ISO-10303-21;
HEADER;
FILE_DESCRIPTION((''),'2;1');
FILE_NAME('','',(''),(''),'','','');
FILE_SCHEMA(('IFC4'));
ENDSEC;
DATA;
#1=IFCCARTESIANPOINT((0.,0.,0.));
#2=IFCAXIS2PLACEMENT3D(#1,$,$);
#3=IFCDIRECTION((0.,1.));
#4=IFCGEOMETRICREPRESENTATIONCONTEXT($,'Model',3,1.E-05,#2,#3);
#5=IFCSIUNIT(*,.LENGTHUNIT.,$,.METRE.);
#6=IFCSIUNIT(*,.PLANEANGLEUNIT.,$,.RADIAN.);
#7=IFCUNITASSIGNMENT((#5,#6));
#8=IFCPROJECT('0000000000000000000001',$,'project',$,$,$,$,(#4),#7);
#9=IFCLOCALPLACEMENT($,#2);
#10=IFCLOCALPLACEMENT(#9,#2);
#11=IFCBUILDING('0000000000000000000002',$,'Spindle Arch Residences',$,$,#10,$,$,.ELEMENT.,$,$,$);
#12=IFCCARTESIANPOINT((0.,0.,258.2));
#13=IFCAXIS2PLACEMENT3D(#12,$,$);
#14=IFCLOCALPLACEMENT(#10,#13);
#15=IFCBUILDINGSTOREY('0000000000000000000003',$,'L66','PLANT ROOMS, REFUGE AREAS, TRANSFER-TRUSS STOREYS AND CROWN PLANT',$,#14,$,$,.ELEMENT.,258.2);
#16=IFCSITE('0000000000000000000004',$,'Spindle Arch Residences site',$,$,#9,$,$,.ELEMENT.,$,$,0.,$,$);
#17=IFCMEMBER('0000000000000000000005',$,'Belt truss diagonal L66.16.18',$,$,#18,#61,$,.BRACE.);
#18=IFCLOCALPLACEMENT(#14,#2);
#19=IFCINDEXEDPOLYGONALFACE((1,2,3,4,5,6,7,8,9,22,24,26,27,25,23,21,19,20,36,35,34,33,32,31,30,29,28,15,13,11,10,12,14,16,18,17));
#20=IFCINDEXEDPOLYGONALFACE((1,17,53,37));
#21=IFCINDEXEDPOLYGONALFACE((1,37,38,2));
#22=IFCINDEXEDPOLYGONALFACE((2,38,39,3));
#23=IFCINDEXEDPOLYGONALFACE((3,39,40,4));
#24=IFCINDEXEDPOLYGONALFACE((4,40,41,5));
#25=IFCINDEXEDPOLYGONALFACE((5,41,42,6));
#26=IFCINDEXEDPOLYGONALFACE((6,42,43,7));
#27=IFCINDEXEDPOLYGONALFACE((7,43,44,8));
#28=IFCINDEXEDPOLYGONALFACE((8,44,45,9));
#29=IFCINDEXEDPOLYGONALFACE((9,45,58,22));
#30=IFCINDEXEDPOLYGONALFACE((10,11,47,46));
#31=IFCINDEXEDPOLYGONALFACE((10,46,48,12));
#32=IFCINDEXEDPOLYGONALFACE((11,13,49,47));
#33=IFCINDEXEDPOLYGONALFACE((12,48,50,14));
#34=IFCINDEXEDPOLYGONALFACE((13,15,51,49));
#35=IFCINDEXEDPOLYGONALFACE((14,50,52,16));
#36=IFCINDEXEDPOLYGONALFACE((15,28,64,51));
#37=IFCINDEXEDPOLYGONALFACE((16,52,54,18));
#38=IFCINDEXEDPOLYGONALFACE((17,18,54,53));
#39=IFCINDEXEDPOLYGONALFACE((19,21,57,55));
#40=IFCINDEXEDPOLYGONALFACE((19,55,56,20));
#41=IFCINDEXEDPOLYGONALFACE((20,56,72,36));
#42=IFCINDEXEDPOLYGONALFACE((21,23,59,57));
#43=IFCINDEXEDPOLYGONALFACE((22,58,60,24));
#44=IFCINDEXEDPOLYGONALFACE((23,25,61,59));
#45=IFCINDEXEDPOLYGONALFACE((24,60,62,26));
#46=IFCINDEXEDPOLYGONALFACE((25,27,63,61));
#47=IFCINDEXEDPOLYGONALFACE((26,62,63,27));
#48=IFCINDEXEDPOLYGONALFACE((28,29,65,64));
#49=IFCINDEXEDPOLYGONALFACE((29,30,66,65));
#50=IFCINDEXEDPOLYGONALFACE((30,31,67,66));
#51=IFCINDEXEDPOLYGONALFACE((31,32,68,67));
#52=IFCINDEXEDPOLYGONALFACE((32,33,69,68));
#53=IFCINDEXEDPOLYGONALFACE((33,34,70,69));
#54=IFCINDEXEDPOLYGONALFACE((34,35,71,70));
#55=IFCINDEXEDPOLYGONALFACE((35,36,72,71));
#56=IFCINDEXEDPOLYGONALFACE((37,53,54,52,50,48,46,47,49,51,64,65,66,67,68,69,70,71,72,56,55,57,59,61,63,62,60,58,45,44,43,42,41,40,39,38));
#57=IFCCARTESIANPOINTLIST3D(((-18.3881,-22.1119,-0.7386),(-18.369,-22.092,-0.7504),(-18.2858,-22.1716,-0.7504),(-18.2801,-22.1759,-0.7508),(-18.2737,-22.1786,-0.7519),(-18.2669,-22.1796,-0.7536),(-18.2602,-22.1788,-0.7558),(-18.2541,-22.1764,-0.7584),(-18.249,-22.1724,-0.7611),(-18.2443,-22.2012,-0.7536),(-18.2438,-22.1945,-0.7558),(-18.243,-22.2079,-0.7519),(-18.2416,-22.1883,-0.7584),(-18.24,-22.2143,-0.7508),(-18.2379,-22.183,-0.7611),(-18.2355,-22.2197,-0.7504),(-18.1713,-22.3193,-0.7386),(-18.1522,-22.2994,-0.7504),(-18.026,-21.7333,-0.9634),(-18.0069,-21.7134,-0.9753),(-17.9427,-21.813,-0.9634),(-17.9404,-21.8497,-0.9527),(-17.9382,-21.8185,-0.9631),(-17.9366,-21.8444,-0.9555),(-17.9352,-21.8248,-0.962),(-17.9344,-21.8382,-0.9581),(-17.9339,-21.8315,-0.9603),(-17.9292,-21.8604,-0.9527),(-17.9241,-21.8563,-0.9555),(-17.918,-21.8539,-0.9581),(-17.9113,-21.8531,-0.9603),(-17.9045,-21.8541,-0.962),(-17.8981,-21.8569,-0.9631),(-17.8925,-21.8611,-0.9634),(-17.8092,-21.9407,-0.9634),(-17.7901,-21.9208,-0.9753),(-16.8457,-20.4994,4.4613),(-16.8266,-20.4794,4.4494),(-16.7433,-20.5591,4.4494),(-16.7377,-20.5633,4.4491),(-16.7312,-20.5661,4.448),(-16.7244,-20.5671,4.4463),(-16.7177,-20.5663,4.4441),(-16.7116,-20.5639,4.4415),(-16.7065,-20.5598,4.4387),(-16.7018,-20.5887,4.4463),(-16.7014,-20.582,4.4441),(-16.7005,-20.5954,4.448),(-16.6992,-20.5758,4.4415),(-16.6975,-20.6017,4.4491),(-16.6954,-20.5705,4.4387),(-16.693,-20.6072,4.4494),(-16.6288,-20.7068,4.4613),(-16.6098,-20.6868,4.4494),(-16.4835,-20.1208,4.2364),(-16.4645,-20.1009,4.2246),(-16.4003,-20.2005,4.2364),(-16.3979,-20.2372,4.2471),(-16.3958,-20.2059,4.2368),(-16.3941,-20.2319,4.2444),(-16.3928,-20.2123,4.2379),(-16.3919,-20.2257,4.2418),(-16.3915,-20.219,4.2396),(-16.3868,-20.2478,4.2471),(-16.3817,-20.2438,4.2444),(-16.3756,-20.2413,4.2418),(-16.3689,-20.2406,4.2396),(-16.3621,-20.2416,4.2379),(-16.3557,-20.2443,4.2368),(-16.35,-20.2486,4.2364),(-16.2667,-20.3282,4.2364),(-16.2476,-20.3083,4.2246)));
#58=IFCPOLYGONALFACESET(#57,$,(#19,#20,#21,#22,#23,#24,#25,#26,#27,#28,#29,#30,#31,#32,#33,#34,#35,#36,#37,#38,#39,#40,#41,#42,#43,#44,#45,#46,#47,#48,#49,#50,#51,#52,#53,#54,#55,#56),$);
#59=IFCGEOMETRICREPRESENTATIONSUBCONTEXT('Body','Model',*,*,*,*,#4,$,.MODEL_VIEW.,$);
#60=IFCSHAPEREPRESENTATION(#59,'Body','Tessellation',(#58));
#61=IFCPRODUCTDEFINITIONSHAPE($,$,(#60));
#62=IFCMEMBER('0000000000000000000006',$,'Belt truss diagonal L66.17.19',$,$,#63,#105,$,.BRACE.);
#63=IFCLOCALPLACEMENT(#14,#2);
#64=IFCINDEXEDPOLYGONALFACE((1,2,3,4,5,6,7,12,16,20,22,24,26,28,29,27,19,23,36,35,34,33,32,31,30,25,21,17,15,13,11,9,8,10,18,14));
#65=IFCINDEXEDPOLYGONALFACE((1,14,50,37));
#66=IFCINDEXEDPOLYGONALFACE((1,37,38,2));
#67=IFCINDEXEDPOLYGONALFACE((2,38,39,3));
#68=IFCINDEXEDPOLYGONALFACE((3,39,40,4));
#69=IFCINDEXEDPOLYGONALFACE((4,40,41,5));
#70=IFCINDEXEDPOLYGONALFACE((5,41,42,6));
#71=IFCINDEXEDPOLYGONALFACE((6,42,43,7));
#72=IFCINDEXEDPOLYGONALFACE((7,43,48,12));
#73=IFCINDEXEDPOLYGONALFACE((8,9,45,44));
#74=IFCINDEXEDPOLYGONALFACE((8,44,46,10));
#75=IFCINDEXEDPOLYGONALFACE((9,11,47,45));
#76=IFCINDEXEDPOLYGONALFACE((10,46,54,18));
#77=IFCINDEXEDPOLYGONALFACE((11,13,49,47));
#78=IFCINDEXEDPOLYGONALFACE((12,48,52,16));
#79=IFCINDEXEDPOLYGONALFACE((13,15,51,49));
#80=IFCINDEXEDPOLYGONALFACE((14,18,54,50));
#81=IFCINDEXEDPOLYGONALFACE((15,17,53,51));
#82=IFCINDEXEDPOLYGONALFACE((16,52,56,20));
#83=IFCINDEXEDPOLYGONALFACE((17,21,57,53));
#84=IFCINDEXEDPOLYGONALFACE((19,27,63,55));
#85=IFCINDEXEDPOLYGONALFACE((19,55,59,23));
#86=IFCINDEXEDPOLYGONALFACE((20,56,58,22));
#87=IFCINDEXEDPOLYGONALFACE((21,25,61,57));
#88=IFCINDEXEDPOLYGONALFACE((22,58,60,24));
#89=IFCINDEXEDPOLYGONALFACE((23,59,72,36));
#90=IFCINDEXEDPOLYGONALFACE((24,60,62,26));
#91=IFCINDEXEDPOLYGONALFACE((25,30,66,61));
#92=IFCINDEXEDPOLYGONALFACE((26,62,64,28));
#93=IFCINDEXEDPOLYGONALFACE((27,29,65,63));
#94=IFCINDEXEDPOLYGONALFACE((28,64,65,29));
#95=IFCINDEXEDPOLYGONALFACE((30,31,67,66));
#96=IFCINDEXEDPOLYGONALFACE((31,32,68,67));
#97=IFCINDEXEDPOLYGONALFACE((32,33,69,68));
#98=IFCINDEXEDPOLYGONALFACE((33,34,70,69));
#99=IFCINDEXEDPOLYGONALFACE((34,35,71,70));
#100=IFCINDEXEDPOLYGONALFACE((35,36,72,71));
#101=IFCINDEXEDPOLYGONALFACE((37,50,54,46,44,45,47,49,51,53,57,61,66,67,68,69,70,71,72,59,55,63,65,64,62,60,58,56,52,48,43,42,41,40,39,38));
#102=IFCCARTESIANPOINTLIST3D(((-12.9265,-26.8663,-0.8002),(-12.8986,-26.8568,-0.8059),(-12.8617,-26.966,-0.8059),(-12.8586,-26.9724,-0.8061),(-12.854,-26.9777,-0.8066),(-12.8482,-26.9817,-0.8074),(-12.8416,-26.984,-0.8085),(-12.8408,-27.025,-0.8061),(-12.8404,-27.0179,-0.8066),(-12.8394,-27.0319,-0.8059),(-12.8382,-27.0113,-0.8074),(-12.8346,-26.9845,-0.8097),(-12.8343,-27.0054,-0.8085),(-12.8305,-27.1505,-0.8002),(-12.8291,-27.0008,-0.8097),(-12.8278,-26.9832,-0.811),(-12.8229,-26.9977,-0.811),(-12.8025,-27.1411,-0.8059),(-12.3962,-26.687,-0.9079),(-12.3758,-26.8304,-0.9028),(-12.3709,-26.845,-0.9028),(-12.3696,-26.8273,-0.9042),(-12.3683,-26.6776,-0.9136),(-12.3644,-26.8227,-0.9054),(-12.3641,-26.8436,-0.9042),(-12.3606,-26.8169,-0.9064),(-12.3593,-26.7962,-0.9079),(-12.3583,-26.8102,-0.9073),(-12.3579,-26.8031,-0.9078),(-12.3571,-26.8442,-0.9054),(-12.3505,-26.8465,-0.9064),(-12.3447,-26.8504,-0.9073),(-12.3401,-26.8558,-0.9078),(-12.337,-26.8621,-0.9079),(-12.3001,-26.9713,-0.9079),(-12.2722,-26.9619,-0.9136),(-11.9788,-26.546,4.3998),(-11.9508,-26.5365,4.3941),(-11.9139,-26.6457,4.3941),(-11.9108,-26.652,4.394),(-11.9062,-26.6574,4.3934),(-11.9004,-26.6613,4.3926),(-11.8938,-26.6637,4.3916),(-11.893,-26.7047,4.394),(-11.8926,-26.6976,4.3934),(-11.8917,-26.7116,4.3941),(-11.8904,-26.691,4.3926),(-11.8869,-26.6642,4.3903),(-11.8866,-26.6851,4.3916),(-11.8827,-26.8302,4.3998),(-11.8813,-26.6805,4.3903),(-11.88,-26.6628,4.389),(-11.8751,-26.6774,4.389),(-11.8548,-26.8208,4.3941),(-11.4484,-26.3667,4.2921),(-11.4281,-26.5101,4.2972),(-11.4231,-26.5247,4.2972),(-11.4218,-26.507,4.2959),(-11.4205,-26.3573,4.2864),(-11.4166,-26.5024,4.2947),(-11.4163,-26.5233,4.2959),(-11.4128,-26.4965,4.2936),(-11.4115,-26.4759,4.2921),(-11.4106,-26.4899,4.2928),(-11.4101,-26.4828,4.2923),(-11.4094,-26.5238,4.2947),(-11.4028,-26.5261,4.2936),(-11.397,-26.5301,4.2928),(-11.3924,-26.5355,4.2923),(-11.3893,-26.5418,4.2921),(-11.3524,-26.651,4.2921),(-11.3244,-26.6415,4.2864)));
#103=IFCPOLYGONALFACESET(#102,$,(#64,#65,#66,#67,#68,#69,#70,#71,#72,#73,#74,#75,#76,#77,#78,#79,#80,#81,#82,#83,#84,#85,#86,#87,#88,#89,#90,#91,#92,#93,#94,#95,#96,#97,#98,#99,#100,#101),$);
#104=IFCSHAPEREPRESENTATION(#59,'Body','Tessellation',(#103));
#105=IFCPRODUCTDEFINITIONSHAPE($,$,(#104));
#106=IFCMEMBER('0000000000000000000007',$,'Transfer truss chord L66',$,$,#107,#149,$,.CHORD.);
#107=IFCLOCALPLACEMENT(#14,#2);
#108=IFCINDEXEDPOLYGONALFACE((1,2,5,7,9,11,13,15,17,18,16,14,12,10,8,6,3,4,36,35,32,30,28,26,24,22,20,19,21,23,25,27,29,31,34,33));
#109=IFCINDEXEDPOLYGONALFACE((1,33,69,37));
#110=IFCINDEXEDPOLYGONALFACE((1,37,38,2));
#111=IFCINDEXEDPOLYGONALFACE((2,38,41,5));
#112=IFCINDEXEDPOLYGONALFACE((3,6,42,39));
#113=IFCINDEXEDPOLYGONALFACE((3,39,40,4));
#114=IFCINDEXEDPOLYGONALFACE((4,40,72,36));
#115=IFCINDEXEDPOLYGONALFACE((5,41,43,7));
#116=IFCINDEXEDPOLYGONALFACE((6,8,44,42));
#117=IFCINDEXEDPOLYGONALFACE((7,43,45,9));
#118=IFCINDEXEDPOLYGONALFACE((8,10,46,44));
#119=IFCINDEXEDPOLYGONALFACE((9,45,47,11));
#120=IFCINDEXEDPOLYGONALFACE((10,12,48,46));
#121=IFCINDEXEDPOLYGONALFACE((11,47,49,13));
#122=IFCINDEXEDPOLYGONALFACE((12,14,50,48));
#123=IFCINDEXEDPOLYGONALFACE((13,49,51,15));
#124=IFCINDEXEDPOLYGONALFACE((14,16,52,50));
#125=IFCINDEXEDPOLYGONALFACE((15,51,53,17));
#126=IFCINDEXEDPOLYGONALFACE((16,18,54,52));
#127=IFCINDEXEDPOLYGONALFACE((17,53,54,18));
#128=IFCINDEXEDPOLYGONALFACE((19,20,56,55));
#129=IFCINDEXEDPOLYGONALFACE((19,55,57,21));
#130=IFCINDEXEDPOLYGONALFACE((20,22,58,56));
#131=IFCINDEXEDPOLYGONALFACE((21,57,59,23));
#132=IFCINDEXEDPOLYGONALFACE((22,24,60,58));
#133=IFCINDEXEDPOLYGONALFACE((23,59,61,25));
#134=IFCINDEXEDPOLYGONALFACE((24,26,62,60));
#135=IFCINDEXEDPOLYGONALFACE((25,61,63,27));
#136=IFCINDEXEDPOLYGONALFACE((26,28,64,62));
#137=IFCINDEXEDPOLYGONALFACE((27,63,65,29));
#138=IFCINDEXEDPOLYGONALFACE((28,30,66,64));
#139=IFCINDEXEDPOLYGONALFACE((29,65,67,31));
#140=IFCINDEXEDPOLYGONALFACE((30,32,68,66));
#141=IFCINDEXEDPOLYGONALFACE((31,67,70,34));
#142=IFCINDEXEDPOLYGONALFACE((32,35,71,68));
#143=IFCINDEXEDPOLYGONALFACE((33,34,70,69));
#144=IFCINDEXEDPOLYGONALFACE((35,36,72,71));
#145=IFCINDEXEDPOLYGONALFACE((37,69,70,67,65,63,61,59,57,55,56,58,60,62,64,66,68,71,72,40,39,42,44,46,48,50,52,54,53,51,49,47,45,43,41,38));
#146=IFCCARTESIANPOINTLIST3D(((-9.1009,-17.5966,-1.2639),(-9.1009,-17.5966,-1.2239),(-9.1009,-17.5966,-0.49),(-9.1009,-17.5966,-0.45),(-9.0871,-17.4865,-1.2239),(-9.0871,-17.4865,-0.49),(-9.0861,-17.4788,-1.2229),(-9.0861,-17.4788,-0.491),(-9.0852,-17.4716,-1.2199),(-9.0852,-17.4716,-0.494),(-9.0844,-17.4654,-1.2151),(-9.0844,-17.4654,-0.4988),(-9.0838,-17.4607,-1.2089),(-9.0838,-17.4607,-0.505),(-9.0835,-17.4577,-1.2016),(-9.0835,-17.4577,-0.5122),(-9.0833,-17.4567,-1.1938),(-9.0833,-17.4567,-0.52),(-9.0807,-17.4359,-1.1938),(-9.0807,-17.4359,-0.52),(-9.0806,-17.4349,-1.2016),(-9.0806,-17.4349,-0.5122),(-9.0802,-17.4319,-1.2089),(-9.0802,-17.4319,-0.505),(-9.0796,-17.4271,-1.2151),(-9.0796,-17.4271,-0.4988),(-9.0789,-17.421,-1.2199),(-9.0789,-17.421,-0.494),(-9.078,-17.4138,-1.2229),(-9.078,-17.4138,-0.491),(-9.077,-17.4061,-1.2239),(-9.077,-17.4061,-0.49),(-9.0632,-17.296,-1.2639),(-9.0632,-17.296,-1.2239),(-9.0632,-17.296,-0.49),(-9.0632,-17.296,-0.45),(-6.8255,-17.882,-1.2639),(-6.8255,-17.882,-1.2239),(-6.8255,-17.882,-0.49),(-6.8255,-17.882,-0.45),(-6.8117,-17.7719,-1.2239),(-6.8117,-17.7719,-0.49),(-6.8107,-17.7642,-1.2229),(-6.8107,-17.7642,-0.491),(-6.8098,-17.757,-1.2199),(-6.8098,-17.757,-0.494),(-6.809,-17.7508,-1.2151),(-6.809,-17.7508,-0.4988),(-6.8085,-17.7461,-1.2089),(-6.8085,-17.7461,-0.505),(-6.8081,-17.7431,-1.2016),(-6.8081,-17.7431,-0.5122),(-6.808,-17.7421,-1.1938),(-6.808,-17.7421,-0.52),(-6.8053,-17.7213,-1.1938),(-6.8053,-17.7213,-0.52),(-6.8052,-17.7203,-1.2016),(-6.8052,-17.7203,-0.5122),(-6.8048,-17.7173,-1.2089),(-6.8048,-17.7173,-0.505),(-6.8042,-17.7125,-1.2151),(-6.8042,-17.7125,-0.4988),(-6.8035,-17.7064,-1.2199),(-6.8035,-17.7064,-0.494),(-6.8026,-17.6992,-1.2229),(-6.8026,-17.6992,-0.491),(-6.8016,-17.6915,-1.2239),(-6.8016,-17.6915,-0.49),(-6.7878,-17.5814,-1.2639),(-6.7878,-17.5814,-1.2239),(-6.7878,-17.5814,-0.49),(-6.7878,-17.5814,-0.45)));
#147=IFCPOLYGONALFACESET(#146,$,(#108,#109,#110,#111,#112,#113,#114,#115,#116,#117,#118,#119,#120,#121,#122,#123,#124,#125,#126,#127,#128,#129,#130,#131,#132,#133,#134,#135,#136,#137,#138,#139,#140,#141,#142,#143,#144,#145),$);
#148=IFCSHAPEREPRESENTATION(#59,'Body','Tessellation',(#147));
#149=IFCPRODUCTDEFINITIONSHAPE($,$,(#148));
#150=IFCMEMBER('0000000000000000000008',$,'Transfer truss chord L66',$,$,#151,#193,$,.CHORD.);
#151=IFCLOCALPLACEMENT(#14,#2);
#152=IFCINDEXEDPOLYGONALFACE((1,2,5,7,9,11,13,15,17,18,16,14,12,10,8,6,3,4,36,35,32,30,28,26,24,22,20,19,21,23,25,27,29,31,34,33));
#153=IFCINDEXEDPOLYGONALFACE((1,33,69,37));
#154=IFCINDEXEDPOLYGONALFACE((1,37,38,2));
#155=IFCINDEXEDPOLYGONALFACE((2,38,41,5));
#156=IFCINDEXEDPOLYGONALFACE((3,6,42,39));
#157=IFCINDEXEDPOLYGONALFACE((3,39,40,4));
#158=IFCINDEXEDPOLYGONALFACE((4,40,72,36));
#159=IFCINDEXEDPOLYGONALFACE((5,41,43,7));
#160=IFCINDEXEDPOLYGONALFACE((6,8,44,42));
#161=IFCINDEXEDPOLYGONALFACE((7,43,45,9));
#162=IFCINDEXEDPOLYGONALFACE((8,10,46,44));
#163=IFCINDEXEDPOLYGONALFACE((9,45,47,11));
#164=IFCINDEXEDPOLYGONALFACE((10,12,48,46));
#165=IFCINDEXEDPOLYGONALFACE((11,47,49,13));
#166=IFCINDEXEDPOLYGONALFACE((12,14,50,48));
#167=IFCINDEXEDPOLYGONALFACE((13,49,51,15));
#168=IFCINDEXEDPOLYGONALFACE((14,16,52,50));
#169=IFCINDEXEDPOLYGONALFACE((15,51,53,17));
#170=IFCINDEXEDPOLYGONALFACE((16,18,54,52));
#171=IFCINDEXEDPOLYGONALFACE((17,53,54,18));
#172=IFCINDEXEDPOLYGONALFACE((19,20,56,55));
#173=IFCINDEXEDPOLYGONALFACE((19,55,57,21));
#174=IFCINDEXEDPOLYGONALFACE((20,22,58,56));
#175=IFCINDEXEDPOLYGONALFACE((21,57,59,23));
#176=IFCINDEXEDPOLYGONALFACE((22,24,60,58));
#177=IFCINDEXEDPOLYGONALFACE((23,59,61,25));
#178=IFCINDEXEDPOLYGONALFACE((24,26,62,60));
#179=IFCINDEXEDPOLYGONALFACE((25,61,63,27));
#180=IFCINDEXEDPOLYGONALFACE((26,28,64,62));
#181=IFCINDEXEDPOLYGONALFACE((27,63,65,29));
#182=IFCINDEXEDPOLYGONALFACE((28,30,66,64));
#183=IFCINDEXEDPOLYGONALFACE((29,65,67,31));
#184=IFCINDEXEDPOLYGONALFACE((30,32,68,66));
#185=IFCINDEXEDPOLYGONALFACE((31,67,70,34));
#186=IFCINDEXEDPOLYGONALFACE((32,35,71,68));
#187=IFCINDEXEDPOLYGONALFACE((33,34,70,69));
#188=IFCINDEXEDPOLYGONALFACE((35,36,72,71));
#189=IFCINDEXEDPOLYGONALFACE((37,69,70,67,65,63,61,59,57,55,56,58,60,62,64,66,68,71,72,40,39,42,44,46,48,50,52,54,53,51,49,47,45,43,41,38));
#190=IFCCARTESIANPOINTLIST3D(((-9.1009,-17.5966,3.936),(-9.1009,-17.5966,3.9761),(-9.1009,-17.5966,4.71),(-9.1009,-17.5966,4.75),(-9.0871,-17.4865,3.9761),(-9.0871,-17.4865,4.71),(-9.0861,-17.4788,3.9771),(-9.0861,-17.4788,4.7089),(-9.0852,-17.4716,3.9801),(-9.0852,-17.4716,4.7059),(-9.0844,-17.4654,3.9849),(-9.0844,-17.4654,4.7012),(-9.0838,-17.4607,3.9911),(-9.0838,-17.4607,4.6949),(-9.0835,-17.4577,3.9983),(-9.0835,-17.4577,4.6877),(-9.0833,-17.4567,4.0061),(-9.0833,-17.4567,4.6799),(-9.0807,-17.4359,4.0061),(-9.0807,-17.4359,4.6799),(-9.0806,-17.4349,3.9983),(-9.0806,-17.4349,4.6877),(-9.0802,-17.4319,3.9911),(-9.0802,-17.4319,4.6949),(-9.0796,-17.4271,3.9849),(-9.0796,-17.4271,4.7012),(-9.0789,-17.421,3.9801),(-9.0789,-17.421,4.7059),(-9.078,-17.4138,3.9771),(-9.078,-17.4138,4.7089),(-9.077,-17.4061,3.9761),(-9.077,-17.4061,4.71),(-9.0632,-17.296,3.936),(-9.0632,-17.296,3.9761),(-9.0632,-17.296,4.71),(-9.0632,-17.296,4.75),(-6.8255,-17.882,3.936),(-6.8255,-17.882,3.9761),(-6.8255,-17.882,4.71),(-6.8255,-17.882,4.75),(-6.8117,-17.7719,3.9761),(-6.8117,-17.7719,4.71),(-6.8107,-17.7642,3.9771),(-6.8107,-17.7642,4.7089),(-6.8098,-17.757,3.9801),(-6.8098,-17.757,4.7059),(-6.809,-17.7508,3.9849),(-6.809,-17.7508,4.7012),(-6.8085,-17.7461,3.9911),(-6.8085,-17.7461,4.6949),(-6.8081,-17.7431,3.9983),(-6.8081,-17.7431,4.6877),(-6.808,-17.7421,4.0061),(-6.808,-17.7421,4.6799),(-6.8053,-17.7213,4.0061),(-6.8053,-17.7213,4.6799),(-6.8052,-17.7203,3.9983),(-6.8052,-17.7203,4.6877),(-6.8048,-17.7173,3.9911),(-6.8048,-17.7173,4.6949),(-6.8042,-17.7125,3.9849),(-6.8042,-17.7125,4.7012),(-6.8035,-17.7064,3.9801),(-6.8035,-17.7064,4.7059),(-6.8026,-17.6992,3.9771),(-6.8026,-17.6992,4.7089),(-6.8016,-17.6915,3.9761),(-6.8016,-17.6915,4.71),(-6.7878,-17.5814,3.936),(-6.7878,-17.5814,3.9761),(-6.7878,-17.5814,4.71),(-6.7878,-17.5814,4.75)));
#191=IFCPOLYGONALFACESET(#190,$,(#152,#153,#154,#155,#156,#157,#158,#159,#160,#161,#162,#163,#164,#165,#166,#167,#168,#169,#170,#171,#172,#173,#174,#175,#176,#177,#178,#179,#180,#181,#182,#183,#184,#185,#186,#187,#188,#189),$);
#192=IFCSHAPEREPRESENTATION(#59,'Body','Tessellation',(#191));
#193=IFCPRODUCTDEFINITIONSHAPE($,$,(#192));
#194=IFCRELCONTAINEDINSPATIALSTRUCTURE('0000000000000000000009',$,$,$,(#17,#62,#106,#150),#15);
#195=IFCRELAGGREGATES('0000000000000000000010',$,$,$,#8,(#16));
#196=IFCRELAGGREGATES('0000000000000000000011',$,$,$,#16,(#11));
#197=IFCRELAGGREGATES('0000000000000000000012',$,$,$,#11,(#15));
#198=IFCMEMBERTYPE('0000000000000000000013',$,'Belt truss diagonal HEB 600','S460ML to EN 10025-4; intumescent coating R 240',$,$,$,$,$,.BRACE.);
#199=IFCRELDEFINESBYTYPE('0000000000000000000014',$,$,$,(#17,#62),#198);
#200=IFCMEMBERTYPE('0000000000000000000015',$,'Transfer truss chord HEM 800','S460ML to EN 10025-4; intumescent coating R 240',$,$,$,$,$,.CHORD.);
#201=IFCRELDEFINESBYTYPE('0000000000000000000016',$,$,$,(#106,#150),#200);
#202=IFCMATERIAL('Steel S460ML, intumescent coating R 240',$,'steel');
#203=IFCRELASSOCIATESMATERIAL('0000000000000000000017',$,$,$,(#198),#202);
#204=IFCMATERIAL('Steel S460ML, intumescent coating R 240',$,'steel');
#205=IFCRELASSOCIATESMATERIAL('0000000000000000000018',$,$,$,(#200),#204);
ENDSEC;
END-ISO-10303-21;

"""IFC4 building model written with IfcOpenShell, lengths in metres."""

from ifc_helpers import new_model, si_unit, direction, frame, origin, origin_2d, place, context, subcontext, project, spatial, i_section, extrude, material, material_profile, profile_set, type_object, element, save


model = new_model("IFC4")

# Units and contexts
model_context = context("Model", 3, precision=1e-05, world=origin(), true_north=direction((0.0, 1.0)))
body_context = subcontext(model_context, "Body", "Model", "MODEL_VIEW")
ifc_project = project(units=[si_unit("LENGTHUNIT", "METRE"), si_unit("PLANEANGLEUNIT", "RADIAN")], contexts=[model_context])

# Site, building, storey
site_placement = place(None, origin())
site = spatial("IfcSite", under=ifc_project, at=site_placement, Name="Spindle Arch Residences site", CompositionType="ELEMENT", RefElevation=0.0)
building_placement = place(site_placement, origin())
building = spatial("IfcBuilding", under=site, at=building_placement, Name="Spindle Arch Residences", CompositionType="ELEMENT")
storey_placement = place(building_placement, frame((0.0, 0.0, 258.2)))
storey = spatial("IfcBuildingStorey", under=building, at=storey_placement, Name="L66", Description="PLANT ROOMS, REFUGE AREAS, TRANSFER-TRUSS STOREYS AND CROWN PLANT", CompositionType="ELEMENT", Elevation=258.2)

# Members
ifc_material_1 = material(Name="Steel S460ML, intumescent coating R 240", Category="steel")
ifc_material_profile_1 = material_profile(ifc_material_1, i_section(OverallWidth=0.3, OverallDepth=0.6001, WebThickness=0.0154, FlangeThickness=0.03, FilletRadius=0.0271, at=origin_2d()), Name="HEB 600")
ifc_profile_set_1 = profile_set([ifc_material_profile_1], Name="Steel S460ML, intumescent coating R 240")
member_type_1 = type_object("IfcMemberType", Name="Belt truss diagonal HEB 600", Description="S460ML to EN 10025-4; intumescent coating R 240", PredefinedType="BRACE", material=ifc_profile_set_1)
member_1_placement = place(storey_placement, frame((-18.0891, -22.0164, -0.8569), z_axis=(0.272593, 0.284976, 0.918957), x_axis=(-0.722632, 0.691233, 0.0)))
element("IfcMember", 1, at=member_1_placement, inside=storey, type_object=member_type_1, Name="Belt truss diagonal L66.16.18", PredefinedType="BRACE", context=body_context, shape_type="SweptSolid", body=[
    extrude(i_section(OverallWidth=0.3, OverallDepth=0.6001, WebThickness=0.0154, FlangeThickness=0.03, FilletRadius=0.0271, at=origin_2d()), origin(), (0.0, 0.0, 1.0), 5.6584),
])
member_2_placement = place(storey_placement, frame((-12.5994, -26.9141, -0.8569), z_axis=(0.17898, 0.06049, 0.981991), x_axis=(-0.320178, 0.947357, 0.0)))
element("IfcMember", 2, at=member_2_placement, inside=storey, type_object=member_type_1, Name="Belt truss diagonal L66.17.19", PredefinedType="BRACE", context=body_context, shape_type="SweptSolid", body=[
    extrude(i_section(OverallWidth=0.3, OverallDepth=0.6001, WebThickness=0.0154, FlangeThickness=0.03, FilletRadius=0.0271, at=origin_2d()), origin(), (0.0, 0.0, 1.0), 5.2954),
])
ifc_material_2 = material(Name="Steel S460ML, intumescent coating R 240", Category="steel")
ifc_material_profile_2 = material_profile(ifc_material_2, i_section(OverallWidth=0.303, OverallDepth=0.814, WebThickness=0.021, FlangeThickness=0.04, FilletRadius=0.03, at=origin_2d()), Name="HEM 800")
ifc_profile_set_2 = profile_set([ifc_material_profile_2], Name="Steel S460ML, intumescent coating R 240")
member_type_2 = type_object("IfcMemberType", Name="Transfer truss chord HEM 800", Description="S460ML to EN 10025-4; intumescent coating R 240", PredefinedType="CHORD", material=ifc_profile_set_2)
for number, where, z_axis, x_axis, name in (
    (3, (-9.082, -17.4463, -0.8569), (0.992225, -0.124454, 0.0), (0.124454, 0.992225, 0.0), "Transfer truss chord L66"),
    (4, (-9.082, -17.4463, 4.343), (0.992225, -0.124454, 0.0), (0.124454, 0.992225, 0.0), "Transfer truss chord L66"),
):
    element("IfcMember", number, at=place(storey_placement, frame(where, z_axis=z_axis, x_axis=x_axis)), inside=storey, type_object=member_type_2, Name=name, PredefinedType="CHORD", context=body_context, shape_type="SweptSolid", body=[
        extrude(i_section(OverallWidth=0.303, OverallDepth=0.814, WebThickness=0.021, FlangeThickness=0.04, FilletRadius=0.03, at=origin_2d()), origin(), (0.0, 0.0, 1.0), 2.2932),
    ])

save(model, "model.ifc")
